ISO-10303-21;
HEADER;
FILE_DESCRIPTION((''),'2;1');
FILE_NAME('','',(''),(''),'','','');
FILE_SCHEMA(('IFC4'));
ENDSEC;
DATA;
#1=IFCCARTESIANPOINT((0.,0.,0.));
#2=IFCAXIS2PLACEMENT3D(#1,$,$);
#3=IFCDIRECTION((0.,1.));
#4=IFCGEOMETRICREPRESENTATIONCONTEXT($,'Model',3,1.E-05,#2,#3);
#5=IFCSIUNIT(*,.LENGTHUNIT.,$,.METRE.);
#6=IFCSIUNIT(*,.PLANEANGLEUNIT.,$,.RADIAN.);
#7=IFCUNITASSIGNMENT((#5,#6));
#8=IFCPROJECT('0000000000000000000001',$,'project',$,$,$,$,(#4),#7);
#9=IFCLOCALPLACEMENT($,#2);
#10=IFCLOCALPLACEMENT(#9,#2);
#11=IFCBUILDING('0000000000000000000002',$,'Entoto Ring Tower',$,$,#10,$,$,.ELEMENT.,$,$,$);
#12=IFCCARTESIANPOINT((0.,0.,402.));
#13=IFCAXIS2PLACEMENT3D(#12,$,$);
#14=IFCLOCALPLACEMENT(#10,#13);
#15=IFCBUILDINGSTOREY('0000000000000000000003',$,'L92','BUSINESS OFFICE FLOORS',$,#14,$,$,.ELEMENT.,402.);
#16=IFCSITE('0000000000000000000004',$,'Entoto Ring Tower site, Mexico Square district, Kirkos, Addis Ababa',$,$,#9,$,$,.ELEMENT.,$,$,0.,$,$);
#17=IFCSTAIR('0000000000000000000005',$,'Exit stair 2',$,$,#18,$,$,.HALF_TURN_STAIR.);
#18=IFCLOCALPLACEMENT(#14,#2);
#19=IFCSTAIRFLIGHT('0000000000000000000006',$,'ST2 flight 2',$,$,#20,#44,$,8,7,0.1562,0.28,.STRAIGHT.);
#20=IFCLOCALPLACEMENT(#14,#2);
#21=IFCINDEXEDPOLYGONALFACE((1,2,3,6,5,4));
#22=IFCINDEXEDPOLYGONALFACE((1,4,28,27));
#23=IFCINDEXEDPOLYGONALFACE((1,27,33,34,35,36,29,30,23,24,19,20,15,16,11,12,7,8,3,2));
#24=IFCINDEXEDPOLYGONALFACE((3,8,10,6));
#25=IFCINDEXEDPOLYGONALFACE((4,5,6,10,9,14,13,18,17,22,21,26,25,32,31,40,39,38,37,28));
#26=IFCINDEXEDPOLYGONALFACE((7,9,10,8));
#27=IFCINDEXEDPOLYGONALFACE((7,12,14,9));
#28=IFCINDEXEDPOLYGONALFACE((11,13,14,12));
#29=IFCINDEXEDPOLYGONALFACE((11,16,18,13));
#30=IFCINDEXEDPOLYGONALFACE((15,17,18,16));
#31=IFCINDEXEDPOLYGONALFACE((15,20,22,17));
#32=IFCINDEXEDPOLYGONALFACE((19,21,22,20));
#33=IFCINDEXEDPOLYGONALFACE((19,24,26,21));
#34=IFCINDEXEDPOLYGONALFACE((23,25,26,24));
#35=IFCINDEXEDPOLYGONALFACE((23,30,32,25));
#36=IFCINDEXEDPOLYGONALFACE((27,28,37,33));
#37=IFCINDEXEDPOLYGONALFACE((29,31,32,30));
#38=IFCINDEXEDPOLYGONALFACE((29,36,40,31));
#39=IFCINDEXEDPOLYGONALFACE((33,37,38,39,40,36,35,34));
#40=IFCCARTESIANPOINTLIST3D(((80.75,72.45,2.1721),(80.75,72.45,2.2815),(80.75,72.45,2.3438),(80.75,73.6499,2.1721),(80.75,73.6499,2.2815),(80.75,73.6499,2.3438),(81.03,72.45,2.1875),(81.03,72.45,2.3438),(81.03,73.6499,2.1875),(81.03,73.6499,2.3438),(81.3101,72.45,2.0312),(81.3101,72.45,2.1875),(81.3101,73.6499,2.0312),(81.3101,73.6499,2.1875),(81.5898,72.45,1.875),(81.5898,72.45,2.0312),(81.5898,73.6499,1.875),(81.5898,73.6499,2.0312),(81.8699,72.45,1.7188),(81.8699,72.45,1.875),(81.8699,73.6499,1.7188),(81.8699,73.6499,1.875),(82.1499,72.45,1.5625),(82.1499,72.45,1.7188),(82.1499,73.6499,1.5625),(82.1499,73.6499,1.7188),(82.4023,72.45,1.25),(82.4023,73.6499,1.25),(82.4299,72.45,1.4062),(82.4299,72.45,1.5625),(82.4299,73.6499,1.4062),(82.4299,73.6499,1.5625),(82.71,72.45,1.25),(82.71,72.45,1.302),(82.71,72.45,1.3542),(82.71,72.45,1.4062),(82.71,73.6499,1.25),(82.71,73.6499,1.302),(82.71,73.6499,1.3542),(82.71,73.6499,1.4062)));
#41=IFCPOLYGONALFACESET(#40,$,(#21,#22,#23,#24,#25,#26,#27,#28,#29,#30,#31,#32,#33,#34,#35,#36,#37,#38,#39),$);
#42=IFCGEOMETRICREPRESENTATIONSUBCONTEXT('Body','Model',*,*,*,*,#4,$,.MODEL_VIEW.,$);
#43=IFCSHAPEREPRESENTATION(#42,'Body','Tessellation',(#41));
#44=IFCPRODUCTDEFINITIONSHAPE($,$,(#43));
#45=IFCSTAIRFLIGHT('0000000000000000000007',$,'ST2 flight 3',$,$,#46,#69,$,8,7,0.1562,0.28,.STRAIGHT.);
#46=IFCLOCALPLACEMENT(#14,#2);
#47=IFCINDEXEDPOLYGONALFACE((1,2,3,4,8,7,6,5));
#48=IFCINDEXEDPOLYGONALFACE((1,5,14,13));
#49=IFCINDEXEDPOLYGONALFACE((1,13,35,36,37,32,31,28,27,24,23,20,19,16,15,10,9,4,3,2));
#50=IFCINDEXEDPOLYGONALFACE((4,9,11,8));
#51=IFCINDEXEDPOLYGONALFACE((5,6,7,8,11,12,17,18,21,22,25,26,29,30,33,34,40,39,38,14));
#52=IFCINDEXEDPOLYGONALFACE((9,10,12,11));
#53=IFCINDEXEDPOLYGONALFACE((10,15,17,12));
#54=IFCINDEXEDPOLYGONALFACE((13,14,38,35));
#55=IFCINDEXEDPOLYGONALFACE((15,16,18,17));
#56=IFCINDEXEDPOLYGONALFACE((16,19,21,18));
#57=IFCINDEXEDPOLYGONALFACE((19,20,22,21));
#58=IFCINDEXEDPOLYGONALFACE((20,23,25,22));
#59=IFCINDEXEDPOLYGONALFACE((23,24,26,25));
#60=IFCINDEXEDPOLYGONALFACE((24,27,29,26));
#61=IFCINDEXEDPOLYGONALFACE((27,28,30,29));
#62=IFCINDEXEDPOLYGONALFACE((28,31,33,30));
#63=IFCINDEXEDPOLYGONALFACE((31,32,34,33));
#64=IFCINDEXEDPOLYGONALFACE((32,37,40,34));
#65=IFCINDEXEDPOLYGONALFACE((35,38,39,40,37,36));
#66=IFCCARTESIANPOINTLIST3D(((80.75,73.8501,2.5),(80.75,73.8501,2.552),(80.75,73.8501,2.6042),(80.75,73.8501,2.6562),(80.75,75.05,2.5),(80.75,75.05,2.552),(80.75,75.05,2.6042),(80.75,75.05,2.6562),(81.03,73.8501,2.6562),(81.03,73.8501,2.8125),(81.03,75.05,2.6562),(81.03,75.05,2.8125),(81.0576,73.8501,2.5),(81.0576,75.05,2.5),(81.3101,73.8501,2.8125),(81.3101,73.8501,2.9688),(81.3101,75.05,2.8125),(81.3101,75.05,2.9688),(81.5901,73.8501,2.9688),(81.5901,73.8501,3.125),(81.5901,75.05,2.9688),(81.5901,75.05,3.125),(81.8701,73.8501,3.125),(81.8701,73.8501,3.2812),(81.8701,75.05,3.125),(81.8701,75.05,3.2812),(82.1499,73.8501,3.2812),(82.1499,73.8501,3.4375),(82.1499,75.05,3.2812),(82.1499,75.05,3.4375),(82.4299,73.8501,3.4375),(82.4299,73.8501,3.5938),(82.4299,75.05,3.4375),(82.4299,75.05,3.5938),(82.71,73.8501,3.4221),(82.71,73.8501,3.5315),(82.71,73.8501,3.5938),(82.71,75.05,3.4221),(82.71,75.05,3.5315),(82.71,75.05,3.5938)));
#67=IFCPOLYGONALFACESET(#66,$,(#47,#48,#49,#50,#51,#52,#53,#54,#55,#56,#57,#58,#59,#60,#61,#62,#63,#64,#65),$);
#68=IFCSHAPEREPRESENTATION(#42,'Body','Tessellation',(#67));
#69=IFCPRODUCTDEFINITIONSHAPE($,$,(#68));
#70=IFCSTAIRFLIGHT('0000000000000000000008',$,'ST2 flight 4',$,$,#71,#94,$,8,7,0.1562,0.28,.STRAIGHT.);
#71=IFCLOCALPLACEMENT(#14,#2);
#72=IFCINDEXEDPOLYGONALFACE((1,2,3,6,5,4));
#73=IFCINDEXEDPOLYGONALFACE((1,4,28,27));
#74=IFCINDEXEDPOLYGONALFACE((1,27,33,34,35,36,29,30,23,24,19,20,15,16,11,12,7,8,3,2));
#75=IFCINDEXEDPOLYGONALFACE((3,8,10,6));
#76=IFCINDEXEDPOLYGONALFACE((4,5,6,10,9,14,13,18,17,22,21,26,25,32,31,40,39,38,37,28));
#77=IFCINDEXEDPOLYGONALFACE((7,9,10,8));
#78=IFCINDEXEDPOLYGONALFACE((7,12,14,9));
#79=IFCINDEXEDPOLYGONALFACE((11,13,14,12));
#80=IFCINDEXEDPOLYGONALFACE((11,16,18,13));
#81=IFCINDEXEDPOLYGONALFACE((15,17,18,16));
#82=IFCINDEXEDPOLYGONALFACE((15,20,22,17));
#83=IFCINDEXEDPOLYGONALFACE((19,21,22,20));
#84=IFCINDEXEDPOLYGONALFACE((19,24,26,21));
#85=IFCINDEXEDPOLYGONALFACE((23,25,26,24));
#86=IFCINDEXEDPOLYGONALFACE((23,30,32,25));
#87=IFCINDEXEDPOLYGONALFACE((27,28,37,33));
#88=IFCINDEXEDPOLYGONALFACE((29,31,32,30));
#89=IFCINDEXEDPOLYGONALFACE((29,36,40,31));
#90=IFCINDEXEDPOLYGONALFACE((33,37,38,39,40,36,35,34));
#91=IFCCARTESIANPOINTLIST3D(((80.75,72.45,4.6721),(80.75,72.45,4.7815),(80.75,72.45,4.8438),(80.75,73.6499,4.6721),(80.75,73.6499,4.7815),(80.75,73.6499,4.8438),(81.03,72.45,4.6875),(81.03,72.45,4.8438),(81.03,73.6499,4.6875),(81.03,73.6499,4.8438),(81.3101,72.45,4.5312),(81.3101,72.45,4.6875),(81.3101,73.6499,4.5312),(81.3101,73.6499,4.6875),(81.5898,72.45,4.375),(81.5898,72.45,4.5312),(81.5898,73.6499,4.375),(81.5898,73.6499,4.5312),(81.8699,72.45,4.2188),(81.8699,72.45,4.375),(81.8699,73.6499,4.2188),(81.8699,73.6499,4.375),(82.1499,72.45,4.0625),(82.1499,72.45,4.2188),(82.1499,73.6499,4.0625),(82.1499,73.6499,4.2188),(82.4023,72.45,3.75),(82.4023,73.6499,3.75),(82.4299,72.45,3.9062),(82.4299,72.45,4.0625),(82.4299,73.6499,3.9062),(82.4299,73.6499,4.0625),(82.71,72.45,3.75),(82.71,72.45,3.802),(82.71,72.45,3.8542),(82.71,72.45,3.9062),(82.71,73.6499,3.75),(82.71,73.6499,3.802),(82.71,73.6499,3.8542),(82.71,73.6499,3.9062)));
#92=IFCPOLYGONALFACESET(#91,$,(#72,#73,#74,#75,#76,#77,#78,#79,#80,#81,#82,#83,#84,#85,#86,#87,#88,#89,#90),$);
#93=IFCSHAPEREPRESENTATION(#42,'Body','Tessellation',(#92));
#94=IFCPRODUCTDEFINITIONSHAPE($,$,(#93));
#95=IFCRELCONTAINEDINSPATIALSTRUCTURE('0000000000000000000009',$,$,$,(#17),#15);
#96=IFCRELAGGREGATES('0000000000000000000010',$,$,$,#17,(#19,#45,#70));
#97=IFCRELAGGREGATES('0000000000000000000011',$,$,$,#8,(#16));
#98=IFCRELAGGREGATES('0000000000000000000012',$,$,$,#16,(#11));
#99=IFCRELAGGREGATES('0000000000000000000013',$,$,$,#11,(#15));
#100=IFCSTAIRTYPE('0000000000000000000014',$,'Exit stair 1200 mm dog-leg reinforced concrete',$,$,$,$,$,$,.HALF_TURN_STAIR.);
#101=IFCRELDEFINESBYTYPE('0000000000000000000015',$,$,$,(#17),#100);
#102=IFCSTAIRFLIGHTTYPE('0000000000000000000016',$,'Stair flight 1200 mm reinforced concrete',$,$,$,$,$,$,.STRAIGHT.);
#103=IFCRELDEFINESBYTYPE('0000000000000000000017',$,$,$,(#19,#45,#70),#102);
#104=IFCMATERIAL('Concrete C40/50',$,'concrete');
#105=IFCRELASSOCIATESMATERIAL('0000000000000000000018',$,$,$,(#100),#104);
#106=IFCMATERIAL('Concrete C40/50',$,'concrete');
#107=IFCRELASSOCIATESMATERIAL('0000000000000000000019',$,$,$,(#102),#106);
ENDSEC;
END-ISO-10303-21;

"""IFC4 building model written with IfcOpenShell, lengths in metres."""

from ifc_helpers import new_model, si_unit, direction, frame, origin, place, context, subcontext, project, spatial, polyline, outline, extrude, material, type_object, element, aggregate, save


model = new_model("IFC4")

# Units and contexts
model_context = context("Model", 3, precision=1e-05, world=origin(), true_north=direction((0.0, 1.0)))
body_context = subcontext(model_context, "Body", "Model", "MODEL_VIEW")
ifc_project = project(units=[si_unit("LENGTHUNIT", "METRE"), si_unit("PLANEANGLEUNIT", "RADIAN")], contexts=[model_context])

# Site, building, storey
site_placement = place(None, origin())
site = spatial("IfcSite", under=ifc_project, at=site_placement, Name="Entoto Ring Tower site, Mexico Square district, Kirkos, Addis Ababa", CompositionType="ELEMENT", RefElevation=0.0)
building_placement = place(site_placement, origin())
building = spatial("IfcBuilding", under=site, at=building_placement, Name="Entoto Ring Tower", CompositionType="ELEMENT")
storey_placement = place(building_placement, frame((0.0, 0.0, 402.0)))
storey = spatial("IfcBuildingStorey", under=building, at=storey_placement, Name="L92", Description="BUSINESS OFFICE FLOORS", CompositionType="ELEMENT", Elevation=402.0)

# Stair, stair flights
ifc_material_1 = material(Name="Concrete C40/50", Category="concrete")
stair_type = type_object("IfcStairType", Name="Exit stair 1200 mm dog-leg reinforced concrete", PredefinedType="HALF_TURN_STAIR", material=ifc_material_1)
stair_placement = place(storey_placement, origin())
stair = element("IfcStair", 1, at=stair_placement, inside=storey, type_object=stair_type, Name="Exit stair 2", PredefinedType="HALF_TURN_STAIR")
ifc_material_2 = material(Name="Concrete C40/50", Category="concrete")
stair_flight_type = type_object("IfcStairFlightType", Name="Stair flight 1200 mm reinforced concrete", PredefinedType="STRAIGHT", material=ifc_material_2)
stair_flight_1_placement = place(storey_placement, frame((82.71, 73.05, 1.25), z_axis=(0.0, 0.0, 1.0), x_axis=(-1.0, 0.0, 0.0)))
stair_flight_1 = element("IfcStairFlight", 2, at=stair_flight_1_placement, type_object=stair_flight_type, Name="ST2 flight 2", NumberOfRisers=8, NumberOfTreads=7, PredefinedType="STRAIGHT", RiserHeight=0.1562, TreadLength=0.28, context=body_context, shape_type="SweptSolid", body=[
    extrude(outline(polyline([(0.0, 0.0), (0.0, 0.052), (0.0, 0.1042), (0.0, 0.1562), (0.28, 0.1562), (0.28, 0.3125), (0.5601, 0.3125), (0.5601, 0.4688), (0.8401, 0.4688), (0.8401, 0.625), (1.1201, 0.625), (1.1201, 0.7812), (1.3999, 0.7812), (1.3999, 0.9375), (1.6799, 0.9375), (1.6799, 1.0938), (1.96, 1.0938), (1.96, 1.25), (1.96, 1.1406), (1.96, 1.0315), (1.96, 0.9221), (0.3076, 0.0), (0.0, 0.0)])), frame((0.0, 0.6001, 0.0), z_axis=(0.0, -1.0, 0.0), x_axis=(1.0, 0.0, 0.0)), (0.0, 0.0, 1.0), 1.2),
])
stair_flight_2_placement = place(storey_placement, frame((80.75, 74.45, 2.5), z_axis=(0.0, 0.0, 1.0), x_axis=(1.0, 0.0, 0.0)))
stair_flight_2 = element("IfcStairFlight", 3, at=stair_flight_2_placement, type_object=stair_flight_type, Name="ST2 flight 3", NumberOfRisers=8, NumberOfTreads=7, PredefinedType="STRAIGHT", RiserHeight=0.1562, TreadLength=0.28, context=body_context, shape_type="SweptSolid", body=[
    extrude(outline(polyline([(0.0, 0.0), (0.0, 0.052), (0.0, 0.1042), (0.0, 0.1562), (0.28, 0.1562), (0.28, 0.3125), (0.5601, 0.3125), (0.5601, 0.4688), (0.8401, 0.4688), (0.8401, 0.625), (1.1201, 0.625), (1.1201, 0.7812), (1.3999, 0.7812), (1.3999, 0.9375), (1.6799, 0.9375), (1.6799, 1.0938), (1.96, 1.0938), (1.96, 1.25), (1.96, 1.1406), (1.96, 1.0315), (1.96, 0.9221), (0.3076, 0.0), (0.0, 0.0)])), frame((0.0, 0.6001, 0.0), z_axis=(0.0, -1.0, 0.0), x_axis=(1.0, 0.0, 0.0)), (0.0, 0.0, 1.0), 1.2),
])
stair_flight_3_placement = place(storey_placement, frame((82.71, 73.05, 3.75), z_axis=(0.0, 0.0, 1.0), x_axis=(-1.0, 0.0, 0.0)))
stair_flight_3 = element("IfcStairFlight", 4, at=stair_flight_3_placement, type_object=stair_flight_type, Name="ST2 flight 4", NumberOfRisers=8, NumberOfTreads=7, PredefinedType="STRAIGHT", RiserHeight=0.1562, TreadLength=0.28, context=body_context, shape_type="SweptSolid", body=[
    extrude(outline(polyline([(0.0, 0.0), (0.0, 0.052), (0.0, 0.1042), (0.0, 0.1562), (0.28, 0.1562), (0.28, 0.3125), (0.5601, 0.3125), (0.5601, 0.4688), (0.8401, 0.4688), (0.8401, 0.625), (1.1201, 0.625), (1.1201, 0.7812), (1.3999, 0.7812), (1.3999, 0.9375), (1.6799, 0.9375), (1.6799, 1.0938), (1.96, 1.0938), (1.96, 1.25), (1.96, 1.1406), (1.96, 1.0315), (1.96, 0.9221), (0.3076, 0.0), (0.0, 0.0)])), frame((0.0, 0.6001, 0.0), z_axis=(0.0, -1.0, 0.0), x_axis=(1.0, 0.0, 0.0)), (0.0, 0.0, 1.0), 1.2),
])
aggregate(stair, [stair_flight_1, stair_flight_2, stair_flight_3])

save(model, "model.ifc")
